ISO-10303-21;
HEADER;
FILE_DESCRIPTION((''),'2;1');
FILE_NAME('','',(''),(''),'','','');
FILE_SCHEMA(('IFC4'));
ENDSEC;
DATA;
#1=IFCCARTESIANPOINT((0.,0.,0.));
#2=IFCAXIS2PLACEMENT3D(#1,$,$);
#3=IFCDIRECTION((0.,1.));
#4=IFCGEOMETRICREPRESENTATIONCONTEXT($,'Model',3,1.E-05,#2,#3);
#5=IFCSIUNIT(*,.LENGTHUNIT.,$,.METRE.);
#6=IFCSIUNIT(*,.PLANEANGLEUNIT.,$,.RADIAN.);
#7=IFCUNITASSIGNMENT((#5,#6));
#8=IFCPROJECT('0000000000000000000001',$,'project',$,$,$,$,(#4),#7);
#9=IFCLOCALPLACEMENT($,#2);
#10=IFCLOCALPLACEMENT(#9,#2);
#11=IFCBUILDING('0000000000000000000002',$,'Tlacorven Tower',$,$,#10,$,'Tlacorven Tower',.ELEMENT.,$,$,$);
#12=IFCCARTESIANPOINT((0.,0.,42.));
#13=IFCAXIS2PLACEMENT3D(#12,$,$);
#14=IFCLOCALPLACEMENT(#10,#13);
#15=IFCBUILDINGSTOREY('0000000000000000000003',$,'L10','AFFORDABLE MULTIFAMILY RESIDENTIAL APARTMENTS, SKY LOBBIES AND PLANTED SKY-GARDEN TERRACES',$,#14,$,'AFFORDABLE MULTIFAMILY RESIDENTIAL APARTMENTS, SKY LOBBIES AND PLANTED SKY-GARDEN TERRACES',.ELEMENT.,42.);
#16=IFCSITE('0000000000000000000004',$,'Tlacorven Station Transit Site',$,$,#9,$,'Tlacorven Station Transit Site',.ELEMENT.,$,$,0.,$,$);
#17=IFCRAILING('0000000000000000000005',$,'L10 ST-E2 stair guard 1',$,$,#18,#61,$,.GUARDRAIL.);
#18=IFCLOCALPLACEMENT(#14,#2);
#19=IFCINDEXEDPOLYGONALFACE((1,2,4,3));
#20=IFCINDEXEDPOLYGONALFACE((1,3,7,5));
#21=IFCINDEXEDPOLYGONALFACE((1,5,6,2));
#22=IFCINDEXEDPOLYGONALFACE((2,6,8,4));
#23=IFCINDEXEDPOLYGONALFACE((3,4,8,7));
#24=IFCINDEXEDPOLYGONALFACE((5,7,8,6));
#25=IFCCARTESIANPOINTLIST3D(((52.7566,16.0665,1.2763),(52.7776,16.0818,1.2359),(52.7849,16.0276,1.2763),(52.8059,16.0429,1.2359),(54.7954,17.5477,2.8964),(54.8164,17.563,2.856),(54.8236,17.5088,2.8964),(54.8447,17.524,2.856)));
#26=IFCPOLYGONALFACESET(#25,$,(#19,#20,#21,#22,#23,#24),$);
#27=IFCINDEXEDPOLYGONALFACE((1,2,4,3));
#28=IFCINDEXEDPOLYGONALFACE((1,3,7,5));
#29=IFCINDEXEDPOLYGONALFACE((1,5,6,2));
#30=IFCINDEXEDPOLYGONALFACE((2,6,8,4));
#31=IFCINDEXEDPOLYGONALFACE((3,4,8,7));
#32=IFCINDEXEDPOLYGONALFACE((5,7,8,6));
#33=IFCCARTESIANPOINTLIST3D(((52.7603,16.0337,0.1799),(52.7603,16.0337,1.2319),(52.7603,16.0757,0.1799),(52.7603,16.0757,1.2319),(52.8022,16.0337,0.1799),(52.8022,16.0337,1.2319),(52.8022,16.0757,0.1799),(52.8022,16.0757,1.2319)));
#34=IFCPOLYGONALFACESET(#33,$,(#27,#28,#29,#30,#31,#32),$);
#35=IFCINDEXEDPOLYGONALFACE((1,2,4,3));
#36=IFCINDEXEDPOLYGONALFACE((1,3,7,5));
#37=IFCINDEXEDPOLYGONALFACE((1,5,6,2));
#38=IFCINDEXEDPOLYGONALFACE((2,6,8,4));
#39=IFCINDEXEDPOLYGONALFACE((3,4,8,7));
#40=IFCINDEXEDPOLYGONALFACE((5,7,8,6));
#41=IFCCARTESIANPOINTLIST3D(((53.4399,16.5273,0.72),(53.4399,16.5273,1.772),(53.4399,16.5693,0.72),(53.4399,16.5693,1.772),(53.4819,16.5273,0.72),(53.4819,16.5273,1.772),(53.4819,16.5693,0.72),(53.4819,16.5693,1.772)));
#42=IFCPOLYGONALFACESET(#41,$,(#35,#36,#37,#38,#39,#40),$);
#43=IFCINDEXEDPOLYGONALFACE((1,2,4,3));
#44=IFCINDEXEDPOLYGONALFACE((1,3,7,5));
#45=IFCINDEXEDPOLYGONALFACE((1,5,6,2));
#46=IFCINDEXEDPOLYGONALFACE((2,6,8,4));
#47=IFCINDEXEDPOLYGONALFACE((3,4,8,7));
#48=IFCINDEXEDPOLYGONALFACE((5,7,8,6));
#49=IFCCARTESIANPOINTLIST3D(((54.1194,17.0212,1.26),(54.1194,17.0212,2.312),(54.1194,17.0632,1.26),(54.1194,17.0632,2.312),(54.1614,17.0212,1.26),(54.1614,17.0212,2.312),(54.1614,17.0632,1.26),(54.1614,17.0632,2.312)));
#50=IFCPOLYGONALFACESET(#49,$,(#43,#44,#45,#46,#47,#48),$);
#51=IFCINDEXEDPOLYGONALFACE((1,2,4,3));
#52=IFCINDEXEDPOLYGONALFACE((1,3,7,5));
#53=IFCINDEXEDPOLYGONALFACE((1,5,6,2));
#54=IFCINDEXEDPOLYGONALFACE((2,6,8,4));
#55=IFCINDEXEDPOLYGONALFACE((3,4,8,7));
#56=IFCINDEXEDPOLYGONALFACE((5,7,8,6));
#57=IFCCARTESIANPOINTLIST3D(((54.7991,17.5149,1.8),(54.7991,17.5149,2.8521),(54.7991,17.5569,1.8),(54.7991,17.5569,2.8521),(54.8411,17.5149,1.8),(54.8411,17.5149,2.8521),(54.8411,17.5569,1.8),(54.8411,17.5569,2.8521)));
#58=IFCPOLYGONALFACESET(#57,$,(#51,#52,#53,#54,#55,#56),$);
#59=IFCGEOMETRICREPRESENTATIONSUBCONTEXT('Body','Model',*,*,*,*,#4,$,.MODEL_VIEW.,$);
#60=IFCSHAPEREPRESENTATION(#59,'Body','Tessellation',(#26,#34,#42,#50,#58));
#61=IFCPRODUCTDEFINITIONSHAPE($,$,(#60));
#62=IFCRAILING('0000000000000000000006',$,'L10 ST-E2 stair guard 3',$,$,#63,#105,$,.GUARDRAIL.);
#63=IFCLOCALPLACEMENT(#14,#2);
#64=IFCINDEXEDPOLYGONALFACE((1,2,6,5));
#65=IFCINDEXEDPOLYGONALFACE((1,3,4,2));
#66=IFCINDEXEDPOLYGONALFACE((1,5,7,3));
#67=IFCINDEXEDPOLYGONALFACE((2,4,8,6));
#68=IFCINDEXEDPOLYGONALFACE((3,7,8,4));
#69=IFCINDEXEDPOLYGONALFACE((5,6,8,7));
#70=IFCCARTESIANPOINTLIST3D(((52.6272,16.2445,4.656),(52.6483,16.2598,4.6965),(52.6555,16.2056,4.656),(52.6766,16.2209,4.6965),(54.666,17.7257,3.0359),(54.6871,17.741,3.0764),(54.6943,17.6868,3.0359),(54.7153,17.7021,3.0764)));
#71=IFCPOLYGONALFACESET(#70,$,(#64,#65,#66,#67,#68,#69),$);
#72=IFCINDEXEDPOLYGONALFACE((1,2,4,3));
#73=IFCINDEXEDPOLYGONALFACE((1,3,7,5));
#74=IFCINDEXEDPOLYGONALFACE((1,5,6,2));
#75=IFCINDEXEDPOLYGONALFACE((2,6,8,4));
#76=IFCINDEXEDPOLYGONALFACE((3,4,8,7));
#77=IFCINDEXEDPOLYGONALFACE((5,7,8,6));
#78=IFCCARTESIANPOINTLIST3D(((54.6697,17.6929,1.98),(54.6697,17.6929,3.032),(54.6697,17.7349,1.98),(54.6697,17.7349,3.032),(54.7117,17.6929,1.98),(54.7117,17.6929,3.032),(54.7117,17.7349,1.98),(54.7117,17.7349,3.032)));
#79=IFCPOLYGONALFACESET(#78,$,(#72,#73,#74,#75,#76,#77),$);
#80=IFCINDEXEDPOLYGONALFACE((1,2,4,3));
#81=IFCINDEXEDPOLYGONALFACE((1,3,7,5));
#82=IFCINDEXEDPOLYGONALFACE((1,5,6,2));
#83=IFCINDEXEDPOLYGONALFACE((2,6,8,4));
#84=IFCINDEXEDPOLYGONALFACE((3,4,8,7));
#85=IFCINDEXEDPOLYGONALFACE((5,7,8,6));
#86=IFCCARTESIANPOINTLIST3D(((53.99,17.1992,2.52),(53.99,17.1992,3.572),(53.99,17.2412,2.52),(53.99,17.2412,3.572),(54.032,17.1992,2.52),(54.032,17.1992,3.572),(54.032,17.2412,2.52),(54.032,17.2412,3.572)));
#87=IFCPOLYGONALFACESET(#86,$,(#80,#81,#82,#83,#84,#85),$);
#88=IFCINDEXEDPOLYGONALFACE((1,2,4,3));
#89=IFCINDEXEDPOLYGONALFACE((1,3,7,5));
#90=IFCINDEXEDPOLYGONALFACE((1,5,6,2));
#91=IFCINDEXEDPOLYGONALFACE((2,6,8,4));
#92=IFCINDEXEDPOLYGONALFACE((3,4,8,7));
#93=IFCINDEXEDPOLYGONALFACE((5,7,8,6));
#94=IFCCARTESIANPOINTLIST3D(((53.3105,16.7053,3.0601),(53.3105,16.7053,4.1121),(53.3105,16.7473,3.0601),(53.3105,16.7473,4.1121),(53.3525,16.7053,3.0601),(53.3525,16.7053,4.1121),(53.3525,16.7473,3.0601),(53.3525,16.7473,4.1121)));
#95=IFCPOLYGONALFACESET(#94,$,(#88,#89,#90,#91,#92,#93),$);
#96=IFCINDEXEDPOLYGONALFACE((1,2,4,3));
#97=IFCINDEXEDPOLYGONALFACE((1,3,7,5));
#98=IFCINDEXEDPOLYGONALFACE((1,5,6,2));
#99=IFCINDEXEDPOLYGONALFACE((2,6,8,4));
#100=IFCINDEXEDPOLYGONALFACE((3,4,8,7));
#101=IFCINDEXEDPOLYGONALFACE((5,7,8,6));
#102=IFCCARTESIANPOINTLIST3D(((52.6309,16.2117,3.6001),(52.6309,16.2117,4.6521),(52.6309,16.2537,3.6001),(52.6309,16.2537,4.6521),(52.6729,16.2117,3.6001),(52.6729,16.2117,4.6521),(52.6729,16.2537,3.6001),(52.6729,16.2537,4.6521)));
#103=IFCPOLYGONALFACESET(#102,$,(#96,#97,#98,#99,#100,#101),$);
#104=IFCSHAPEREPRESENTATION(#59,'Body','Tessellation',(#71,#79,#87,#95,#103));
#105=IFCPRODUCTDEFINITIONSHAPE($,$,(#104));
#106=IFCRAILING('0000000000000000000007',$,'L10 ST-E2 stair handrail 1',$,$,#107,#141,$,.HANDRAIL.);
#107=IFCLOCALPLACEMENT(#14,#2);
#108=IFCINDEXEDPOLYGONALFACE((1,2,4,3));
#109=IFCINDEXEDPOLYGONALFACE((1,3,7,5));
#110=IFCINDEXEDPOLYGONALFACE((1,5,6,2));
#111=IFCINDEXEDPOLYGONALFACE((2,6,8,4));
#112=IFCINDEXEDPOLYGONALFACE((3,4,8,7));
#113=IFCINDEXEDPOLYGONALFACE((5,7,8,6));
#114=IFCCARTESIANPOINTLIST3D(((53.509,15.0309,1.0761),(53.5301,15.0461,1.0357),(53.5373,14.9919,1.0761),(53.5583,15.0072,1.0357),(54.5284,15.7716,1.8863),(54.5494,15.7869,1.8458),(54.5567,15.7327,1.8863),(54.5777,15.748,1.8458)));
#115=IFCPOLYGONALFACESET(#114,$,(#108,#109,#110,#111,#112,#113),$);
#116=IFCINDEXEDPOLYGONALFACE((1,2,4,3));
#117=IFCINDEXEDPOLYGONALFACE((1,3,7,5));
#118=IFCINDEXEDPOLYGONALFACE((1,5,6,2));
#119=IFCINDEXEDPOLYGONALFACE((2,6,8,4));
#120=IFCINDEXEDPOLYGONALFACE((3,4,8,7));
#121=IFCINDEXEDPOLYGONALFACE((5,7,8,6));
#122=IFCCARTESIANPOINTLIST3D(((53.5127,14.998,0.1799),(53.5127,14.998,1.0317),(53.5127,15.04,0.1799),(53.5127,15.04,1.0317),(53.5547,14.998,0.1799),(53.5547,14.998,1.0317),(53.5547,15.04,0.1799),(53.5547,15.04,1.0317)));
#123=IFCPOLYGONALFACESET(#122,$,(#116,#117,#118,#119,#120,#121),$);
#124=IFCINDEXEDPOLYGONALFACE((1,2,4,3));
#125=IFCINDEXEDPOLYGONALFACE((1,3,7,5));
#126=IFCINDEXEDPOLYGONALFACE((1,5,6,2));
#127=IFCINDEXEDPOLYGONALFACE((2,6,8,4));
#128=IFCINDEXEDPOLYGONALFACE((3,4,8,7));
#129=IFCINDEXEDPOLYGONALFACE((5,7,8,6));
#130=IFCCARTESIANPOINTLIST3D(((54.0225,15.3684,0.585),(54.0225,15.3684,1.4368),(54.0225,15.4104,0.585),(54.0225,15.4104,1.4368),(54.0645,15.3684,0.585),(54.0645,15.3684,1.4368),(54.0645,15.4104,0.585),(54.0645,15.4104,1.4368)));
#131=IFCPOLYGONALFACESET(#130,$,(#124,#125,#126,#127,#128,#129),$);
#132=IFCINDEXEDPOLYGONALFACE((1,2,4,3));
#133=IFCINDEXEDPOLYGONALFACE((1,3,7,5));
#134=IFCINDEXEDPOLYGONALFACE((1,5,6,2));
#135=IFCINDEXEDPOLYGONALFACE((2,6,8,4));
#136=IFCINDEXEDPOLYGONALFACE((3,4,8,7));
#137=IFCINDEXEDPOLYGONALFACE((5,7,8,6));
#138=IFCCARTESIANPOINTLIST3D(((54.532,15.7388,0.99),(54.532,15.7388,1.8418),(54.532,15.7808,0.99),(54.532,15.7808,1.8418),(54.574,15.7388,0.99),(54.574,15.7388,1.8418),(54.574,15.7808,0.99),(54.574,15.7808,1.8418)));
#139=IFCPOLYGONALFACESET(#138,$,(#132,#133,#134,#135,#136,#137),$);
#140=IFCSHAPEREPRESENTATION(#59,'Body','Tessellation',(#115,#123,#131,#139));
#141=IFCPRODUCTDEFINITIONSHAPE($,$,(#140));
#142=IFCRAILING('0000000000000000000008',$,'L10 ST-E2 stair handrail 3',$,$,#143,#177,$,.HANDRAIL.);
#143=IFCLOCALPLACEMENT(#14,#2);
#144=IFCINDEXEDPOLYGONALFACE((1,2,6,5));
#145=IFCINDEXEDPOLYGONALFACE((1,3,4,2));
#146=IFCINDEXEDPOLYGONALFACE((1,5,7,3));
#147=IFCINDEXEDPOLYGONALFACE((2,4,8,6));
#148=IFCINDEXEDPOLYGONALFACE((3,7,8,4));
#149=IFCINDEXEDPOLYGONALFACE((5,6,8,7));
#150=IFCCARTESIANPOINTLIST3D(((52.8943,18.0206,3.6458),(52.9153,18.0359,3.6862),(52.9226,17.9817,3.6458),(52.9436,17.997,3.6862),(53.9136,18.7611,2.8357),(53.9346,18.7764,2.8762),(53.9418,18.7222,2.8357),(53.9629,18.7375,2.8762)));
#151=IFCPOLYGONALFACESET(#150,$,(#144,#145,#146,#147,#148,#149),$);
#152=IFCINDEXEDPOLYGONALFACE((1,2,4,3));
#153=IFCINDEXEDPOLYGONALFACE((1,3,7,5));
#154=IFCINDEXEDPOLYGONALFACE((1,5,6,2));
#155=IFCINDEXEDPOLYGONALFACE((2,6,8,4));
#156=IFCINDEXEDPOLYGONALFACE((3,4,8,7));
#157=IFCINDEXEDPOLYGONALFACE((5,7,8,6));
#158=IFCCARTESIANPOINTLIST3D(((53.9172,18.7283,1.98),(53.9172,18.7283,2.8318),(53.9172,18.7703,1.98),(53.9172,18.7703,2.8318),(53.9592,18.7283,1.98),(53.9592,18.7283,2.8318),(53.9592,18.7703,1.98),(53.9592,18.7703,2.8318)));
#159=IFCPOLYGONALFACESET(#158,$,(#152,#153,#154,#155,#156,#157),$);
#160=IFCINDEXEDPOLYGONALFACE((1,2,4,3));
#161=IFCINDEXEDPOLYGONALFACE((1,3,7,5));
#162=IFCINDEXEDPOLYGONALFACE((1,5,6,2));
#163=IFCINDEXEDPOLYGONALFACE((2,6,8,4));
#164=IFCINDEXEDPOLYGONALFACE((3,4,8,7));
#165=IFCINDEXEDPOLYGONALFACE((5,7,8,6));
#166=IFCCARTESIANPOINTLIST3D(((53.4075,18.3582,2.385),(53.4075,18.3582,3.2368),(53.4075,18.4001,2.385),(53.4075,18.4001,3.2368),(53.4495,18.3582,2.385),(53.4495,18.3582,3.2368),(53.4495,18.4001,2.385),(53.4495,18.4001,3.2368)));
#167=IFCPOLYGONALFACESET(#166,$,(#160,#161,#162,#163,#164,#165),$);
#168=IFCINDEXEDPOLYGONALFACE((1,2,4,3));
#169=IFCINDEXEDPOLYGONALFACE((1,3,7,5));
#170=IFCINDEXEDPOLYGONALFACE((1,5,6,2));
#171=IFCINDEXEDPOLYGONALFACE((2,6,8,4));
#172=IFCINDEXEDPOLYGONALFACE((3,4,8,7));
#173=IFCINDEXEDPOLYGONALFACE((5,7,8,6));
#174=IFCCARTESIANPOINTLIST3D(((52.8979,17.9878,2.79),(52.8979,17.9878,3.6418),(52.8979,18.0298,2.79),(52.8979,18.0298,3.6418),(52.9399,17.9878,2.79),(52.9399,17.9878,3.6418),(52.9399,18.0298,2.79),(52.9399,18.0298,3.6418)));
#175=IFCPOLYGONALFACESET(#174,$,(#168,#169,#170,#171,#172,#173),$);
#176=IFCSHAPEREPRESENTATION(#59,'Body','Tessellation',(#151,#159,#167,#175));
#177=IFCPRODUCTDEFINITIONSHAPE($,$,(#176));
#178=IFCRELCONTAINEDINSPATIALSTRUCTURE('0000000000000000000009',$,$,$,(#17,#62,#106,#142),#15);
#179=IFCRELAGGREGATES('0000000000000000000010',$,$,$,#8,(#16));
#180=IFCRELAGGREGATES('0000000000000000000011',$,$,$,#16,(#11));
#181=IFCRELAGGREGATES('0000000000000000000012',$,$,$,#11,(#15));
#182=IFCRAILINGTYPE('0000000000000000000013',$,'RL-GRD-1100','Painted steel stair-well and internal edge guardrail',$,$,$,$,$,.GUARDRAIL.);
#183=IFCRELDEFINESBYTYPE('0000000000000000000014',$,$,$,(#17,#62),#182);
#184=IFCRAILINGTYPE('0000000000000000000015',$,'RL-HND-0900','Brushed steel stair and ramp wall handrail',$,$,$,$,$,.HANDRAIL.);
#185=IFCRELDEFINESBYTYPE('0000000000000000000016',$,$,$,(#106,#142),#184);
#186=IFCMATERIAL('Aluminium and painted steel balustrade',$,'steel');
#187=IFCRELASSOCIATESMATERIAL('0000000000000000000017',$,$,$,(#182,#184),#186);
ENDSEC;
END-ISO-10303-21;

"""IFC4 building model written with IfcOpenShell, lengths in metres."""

from ifc_helpers import new_model, si_unit, direction, frame, origin, origin_2d, place, context, subcontext, project, spatial, rectangle, extrude, source, transform, mapped, material, type_object, element, save


model = new_model("IFC4")

# Units and contexts
model_context = context("Model", 3, precision=1e-05, world=origin(), true_north=direction((0.0, 1.0)))
body_context = subcontext(model_context, "Body", "Model", "MODEL_VIEW")
ifc_project = project(units=[si_unit("LENGTHUNIT", "METRE"), si_unit("PLANEANGLEUNIT", "RADIAN")], contexts=[model_context])

# Site, building, storey
site_placement = place(None, origin())
site = spatial("IfcSite", under=ifc_project, at=site_placement, Name="Tlacorven Station Transit Site", LongName="Tlacorven Station Transit Site", CompositionType="ELEMENT", RefElevation=0.0)
building_placement = place(site_placement, origin())
building = spatial("IfcBuilding", under=site, at=building_placement, Name="Tlacorven Tower", LongName="Tlacorven Tower", CompositionType="ELEMENT")
storey_placement = place(building_placement, frame((0.0, 0.0, 42.0)))
storey = spatial("IfcBuildingStorey", under=building, at=storey_placement, Name="L10", Description="AFFORDABLE MULTIFAMILY RESIDENTIAL APARTMENTS, SKY LOBBIES AND PLANTED SKY-GARDEN TERRACES", LongName="AFFORDABLE MULTIFAMILY RESIDENTIAL APARTMENTS, SKY LOBBIES AND PLANTED SKY-GARDEN TERRACES", CompositionType="ELEMENT", Elevation=42.0)

# Railings
ifc_material_1 = material(Name="Aluminium and painted steel balustrade", Category="steel")
railing_type_1 = type_object("IfcRailingType", Name="RL-GRD-1100", Description="Painted steel stair-well and internal edge guardrail", PredefinedType="GUARDRAIL", material=ifc_material_1)
railing_type_2 = type_object("IfcRailingType", Name="RL-HND-0900", Description="Brushed steel stair and ramp wall handrail", PredefinedType="HANDRAIL", material=ifc_material_1)
shared_shape_1 = source(origin(), body_context, "Body", "SweptSolid", [
    extrude(rectangle(XDim=0.0481, YDim=0.0481, at=origin_2d()), frame((0.0, 0.0, 1.0762), z_axis=(0.680532, 0.494407, 0.540775), x_axis=(-0.587763, 0.809033, 0.0)), (0.0, 0.0, 1.0), 2.9958),
    extrude(rectangle(XDim=0.042, YDim=0.042, at=origin_2d()), origin(), (0.0, 0.0, 1.0), 1.052),
    extrude(rectangle(XDim=0.042, YDim=0.042, at=origin_2d()), frame((0.6797, 0.4937, 0.54)), (0.0, 0.0, 1.0), 1.052),
    extrude(rectangle(XDim=0.042, YDim=0.042, at=origin_2d()), frame((1.3591, 0.9875, 1.0801)), (0.0, 0.0, 1.0), 1.052),
    extrude(rectangle(XDim=0.042, YDim=0.042, at=origin_2d()), frame((2.0388, 1.4812, 1.6201)), (0.0, 0.0, 1.0), 1.052),
])
railing_1_placement = place(storey_placement, frame((52.7812, 16.0547, 0.1799)))
element("IfcRailing", 1, at=railing_1_placement, inside=storey, type_object=railing_type_1, Name="L10 ST-E2 stair guard 1", PredefinedType="GUARDRAIL", context=body_context, shape_type="MappedRepresentation", body=[
    mapped(shared_shape_1, transform((0.0, 0.0, 0.0), scale=1.0)),
])
shared_shape_2 = source(origin(), body_context, "Body", "SweptSolid", [
    extrude(rectangle(XDim=0.0481, YDim=0.0481, at=origin_2d()), frame((0.0, 0.0, 1.0762), z_axis=(-0.680532, -0.494407, 0.540775), x_axis=(0.587763, -0.809033, 0.0)), (0.0, 0.0, 1.0), 2.9958),
    extrude(rectangle(XDim=0.042, YDim=0.042, at=origin_2d()), origin(), (0.0, 0.0, 1.0), 1.052),
    extrude(rectangle(XDim=0.042, YDim=0.042, at=origin_2d()), frame((-0.6797, -0.4937, 0.54)), (0.0, 0.0, 1.0), 1.052),
    extrude(rectangle(XDim=0.042, YDim=0.042, at=origin_2d()), frame((-1.3591, -0.9875, 1.0801)), (0.0, 0.0, 1.0), 1.052),
    extrude(rectangle(XDim=0.042, YDim=0.042, at=origin_2d()), frame((-2.0388, -1.4812, 1.6201)), (0.0, 0.0, 1.0), 1.052),
])
railing_2_placement = place(storey_placement, frame((54.6907, 17.7139, 1.98)))
element("IfcRailing", 2, at=railing_2_placement, inside=storey, type_object=railing_type_1, Name="L10 ST-E2 stair guard 3", PredefinedType="GUARDRAIL", context=body_context, shape_type="MappedRepresentation", body=[
    mapped(shared_shape_2, transform((0.0, 0.0, 0.0), scale=1.0)),
])
shared_shape_3 = source(origin(), body_context, "Body", "SweptSolid", [
    extrude(rectangle(XDim=0.0481, YDim=0.0481, at=origin_2d()), frame((0.0, 0.0, 0.876), z_axis=(0.680461, 0.494496, 0.540783), x_axis=(-0.587872, 0.808954, 0.0)), (0.0, 0.0, 1.0), 1.498),
    extrude(rectangle(XDim=0.042, YDim=0.042, at=origin_2d()), origin(), (0.0, 0.0, 1.0), 0.8518),
    extrude(rectangle(XDim=0.042, YDim=0.042, at=origin_2d()), frame((0.5098, 0.3704, 0.405)), (0.0, 0.0, 1.0), 0.8518),
    extrude(rectangle(XDim=0.042, YDim=0.042, at=origin_2d()), frame((1.0193, 0.7407, 0.8101)), (0.0, 0.0, 1.0), 0.8518),
])
railing_3_placement = place(storey_placement, frame((53.5337, 15.019, 0.1799)))
element("IfcRailing", 3, at=railing_3_placement, inside=storey, type_object=railing_type_2, Name="L10 ST-E2 stair handrail 1", PredefinedType="HANDRAIL", context=body_context, shape_type="MappedRepresentation", body=[
    mapped(shared_shape_3, transform((0.0, 0.0, 0.0), scale=1.0)),
])
shared_shape_4 = source(origin(), body_context, "Body", "SweptSolid", [
    extrude(rectangle(XDim=0.0481, YDim=0.0481, at=origin_2d()), frame((0.0, 0.0, 0.876), z_axis=(-0.680516, -0.494373, 0.540827), x_axis=(0.587745, -0.809046, 0.0)), (0.0, 0.0, 1.0), 1.4978),
    extrude(rectangle(XDim=0.042, YDim=0.042, at=origin_2d()), origin(), (0.0, 0.0, 1.0), 0.8518),
    extrude(rectangle(XDim=0.042, YDim=0.042, at=origin_2d()), frame((-0.5098, -0.3701, 0.405)), (0.0, 0.0, 1.0), 0.8518),
    extrude(rectangle(XDim=0.042, YDim=0.042, at=origin_2d()), frame((-1.0193, -0.7405, 0.8101)), (0.0, 0.0, 1.0), 0.8518),
])
railing_4_placement = place(storey_placement, frame((53.9382, 18.7493, 1.98)))
element("IfcRailing", 4, at=railing_4_placement, inside=storey, type_object=railing_type_2, Name="L10 ST-E2 stair handrail 3", PredefinedType="HANDRAIL", context=body_context, shape_type="MappedRepresentation", body=[
    mapped(shared_shape_4, transform((0.0, 0.0, 0.0), scale=1.0)),
])

save(model, "model.ifc")
